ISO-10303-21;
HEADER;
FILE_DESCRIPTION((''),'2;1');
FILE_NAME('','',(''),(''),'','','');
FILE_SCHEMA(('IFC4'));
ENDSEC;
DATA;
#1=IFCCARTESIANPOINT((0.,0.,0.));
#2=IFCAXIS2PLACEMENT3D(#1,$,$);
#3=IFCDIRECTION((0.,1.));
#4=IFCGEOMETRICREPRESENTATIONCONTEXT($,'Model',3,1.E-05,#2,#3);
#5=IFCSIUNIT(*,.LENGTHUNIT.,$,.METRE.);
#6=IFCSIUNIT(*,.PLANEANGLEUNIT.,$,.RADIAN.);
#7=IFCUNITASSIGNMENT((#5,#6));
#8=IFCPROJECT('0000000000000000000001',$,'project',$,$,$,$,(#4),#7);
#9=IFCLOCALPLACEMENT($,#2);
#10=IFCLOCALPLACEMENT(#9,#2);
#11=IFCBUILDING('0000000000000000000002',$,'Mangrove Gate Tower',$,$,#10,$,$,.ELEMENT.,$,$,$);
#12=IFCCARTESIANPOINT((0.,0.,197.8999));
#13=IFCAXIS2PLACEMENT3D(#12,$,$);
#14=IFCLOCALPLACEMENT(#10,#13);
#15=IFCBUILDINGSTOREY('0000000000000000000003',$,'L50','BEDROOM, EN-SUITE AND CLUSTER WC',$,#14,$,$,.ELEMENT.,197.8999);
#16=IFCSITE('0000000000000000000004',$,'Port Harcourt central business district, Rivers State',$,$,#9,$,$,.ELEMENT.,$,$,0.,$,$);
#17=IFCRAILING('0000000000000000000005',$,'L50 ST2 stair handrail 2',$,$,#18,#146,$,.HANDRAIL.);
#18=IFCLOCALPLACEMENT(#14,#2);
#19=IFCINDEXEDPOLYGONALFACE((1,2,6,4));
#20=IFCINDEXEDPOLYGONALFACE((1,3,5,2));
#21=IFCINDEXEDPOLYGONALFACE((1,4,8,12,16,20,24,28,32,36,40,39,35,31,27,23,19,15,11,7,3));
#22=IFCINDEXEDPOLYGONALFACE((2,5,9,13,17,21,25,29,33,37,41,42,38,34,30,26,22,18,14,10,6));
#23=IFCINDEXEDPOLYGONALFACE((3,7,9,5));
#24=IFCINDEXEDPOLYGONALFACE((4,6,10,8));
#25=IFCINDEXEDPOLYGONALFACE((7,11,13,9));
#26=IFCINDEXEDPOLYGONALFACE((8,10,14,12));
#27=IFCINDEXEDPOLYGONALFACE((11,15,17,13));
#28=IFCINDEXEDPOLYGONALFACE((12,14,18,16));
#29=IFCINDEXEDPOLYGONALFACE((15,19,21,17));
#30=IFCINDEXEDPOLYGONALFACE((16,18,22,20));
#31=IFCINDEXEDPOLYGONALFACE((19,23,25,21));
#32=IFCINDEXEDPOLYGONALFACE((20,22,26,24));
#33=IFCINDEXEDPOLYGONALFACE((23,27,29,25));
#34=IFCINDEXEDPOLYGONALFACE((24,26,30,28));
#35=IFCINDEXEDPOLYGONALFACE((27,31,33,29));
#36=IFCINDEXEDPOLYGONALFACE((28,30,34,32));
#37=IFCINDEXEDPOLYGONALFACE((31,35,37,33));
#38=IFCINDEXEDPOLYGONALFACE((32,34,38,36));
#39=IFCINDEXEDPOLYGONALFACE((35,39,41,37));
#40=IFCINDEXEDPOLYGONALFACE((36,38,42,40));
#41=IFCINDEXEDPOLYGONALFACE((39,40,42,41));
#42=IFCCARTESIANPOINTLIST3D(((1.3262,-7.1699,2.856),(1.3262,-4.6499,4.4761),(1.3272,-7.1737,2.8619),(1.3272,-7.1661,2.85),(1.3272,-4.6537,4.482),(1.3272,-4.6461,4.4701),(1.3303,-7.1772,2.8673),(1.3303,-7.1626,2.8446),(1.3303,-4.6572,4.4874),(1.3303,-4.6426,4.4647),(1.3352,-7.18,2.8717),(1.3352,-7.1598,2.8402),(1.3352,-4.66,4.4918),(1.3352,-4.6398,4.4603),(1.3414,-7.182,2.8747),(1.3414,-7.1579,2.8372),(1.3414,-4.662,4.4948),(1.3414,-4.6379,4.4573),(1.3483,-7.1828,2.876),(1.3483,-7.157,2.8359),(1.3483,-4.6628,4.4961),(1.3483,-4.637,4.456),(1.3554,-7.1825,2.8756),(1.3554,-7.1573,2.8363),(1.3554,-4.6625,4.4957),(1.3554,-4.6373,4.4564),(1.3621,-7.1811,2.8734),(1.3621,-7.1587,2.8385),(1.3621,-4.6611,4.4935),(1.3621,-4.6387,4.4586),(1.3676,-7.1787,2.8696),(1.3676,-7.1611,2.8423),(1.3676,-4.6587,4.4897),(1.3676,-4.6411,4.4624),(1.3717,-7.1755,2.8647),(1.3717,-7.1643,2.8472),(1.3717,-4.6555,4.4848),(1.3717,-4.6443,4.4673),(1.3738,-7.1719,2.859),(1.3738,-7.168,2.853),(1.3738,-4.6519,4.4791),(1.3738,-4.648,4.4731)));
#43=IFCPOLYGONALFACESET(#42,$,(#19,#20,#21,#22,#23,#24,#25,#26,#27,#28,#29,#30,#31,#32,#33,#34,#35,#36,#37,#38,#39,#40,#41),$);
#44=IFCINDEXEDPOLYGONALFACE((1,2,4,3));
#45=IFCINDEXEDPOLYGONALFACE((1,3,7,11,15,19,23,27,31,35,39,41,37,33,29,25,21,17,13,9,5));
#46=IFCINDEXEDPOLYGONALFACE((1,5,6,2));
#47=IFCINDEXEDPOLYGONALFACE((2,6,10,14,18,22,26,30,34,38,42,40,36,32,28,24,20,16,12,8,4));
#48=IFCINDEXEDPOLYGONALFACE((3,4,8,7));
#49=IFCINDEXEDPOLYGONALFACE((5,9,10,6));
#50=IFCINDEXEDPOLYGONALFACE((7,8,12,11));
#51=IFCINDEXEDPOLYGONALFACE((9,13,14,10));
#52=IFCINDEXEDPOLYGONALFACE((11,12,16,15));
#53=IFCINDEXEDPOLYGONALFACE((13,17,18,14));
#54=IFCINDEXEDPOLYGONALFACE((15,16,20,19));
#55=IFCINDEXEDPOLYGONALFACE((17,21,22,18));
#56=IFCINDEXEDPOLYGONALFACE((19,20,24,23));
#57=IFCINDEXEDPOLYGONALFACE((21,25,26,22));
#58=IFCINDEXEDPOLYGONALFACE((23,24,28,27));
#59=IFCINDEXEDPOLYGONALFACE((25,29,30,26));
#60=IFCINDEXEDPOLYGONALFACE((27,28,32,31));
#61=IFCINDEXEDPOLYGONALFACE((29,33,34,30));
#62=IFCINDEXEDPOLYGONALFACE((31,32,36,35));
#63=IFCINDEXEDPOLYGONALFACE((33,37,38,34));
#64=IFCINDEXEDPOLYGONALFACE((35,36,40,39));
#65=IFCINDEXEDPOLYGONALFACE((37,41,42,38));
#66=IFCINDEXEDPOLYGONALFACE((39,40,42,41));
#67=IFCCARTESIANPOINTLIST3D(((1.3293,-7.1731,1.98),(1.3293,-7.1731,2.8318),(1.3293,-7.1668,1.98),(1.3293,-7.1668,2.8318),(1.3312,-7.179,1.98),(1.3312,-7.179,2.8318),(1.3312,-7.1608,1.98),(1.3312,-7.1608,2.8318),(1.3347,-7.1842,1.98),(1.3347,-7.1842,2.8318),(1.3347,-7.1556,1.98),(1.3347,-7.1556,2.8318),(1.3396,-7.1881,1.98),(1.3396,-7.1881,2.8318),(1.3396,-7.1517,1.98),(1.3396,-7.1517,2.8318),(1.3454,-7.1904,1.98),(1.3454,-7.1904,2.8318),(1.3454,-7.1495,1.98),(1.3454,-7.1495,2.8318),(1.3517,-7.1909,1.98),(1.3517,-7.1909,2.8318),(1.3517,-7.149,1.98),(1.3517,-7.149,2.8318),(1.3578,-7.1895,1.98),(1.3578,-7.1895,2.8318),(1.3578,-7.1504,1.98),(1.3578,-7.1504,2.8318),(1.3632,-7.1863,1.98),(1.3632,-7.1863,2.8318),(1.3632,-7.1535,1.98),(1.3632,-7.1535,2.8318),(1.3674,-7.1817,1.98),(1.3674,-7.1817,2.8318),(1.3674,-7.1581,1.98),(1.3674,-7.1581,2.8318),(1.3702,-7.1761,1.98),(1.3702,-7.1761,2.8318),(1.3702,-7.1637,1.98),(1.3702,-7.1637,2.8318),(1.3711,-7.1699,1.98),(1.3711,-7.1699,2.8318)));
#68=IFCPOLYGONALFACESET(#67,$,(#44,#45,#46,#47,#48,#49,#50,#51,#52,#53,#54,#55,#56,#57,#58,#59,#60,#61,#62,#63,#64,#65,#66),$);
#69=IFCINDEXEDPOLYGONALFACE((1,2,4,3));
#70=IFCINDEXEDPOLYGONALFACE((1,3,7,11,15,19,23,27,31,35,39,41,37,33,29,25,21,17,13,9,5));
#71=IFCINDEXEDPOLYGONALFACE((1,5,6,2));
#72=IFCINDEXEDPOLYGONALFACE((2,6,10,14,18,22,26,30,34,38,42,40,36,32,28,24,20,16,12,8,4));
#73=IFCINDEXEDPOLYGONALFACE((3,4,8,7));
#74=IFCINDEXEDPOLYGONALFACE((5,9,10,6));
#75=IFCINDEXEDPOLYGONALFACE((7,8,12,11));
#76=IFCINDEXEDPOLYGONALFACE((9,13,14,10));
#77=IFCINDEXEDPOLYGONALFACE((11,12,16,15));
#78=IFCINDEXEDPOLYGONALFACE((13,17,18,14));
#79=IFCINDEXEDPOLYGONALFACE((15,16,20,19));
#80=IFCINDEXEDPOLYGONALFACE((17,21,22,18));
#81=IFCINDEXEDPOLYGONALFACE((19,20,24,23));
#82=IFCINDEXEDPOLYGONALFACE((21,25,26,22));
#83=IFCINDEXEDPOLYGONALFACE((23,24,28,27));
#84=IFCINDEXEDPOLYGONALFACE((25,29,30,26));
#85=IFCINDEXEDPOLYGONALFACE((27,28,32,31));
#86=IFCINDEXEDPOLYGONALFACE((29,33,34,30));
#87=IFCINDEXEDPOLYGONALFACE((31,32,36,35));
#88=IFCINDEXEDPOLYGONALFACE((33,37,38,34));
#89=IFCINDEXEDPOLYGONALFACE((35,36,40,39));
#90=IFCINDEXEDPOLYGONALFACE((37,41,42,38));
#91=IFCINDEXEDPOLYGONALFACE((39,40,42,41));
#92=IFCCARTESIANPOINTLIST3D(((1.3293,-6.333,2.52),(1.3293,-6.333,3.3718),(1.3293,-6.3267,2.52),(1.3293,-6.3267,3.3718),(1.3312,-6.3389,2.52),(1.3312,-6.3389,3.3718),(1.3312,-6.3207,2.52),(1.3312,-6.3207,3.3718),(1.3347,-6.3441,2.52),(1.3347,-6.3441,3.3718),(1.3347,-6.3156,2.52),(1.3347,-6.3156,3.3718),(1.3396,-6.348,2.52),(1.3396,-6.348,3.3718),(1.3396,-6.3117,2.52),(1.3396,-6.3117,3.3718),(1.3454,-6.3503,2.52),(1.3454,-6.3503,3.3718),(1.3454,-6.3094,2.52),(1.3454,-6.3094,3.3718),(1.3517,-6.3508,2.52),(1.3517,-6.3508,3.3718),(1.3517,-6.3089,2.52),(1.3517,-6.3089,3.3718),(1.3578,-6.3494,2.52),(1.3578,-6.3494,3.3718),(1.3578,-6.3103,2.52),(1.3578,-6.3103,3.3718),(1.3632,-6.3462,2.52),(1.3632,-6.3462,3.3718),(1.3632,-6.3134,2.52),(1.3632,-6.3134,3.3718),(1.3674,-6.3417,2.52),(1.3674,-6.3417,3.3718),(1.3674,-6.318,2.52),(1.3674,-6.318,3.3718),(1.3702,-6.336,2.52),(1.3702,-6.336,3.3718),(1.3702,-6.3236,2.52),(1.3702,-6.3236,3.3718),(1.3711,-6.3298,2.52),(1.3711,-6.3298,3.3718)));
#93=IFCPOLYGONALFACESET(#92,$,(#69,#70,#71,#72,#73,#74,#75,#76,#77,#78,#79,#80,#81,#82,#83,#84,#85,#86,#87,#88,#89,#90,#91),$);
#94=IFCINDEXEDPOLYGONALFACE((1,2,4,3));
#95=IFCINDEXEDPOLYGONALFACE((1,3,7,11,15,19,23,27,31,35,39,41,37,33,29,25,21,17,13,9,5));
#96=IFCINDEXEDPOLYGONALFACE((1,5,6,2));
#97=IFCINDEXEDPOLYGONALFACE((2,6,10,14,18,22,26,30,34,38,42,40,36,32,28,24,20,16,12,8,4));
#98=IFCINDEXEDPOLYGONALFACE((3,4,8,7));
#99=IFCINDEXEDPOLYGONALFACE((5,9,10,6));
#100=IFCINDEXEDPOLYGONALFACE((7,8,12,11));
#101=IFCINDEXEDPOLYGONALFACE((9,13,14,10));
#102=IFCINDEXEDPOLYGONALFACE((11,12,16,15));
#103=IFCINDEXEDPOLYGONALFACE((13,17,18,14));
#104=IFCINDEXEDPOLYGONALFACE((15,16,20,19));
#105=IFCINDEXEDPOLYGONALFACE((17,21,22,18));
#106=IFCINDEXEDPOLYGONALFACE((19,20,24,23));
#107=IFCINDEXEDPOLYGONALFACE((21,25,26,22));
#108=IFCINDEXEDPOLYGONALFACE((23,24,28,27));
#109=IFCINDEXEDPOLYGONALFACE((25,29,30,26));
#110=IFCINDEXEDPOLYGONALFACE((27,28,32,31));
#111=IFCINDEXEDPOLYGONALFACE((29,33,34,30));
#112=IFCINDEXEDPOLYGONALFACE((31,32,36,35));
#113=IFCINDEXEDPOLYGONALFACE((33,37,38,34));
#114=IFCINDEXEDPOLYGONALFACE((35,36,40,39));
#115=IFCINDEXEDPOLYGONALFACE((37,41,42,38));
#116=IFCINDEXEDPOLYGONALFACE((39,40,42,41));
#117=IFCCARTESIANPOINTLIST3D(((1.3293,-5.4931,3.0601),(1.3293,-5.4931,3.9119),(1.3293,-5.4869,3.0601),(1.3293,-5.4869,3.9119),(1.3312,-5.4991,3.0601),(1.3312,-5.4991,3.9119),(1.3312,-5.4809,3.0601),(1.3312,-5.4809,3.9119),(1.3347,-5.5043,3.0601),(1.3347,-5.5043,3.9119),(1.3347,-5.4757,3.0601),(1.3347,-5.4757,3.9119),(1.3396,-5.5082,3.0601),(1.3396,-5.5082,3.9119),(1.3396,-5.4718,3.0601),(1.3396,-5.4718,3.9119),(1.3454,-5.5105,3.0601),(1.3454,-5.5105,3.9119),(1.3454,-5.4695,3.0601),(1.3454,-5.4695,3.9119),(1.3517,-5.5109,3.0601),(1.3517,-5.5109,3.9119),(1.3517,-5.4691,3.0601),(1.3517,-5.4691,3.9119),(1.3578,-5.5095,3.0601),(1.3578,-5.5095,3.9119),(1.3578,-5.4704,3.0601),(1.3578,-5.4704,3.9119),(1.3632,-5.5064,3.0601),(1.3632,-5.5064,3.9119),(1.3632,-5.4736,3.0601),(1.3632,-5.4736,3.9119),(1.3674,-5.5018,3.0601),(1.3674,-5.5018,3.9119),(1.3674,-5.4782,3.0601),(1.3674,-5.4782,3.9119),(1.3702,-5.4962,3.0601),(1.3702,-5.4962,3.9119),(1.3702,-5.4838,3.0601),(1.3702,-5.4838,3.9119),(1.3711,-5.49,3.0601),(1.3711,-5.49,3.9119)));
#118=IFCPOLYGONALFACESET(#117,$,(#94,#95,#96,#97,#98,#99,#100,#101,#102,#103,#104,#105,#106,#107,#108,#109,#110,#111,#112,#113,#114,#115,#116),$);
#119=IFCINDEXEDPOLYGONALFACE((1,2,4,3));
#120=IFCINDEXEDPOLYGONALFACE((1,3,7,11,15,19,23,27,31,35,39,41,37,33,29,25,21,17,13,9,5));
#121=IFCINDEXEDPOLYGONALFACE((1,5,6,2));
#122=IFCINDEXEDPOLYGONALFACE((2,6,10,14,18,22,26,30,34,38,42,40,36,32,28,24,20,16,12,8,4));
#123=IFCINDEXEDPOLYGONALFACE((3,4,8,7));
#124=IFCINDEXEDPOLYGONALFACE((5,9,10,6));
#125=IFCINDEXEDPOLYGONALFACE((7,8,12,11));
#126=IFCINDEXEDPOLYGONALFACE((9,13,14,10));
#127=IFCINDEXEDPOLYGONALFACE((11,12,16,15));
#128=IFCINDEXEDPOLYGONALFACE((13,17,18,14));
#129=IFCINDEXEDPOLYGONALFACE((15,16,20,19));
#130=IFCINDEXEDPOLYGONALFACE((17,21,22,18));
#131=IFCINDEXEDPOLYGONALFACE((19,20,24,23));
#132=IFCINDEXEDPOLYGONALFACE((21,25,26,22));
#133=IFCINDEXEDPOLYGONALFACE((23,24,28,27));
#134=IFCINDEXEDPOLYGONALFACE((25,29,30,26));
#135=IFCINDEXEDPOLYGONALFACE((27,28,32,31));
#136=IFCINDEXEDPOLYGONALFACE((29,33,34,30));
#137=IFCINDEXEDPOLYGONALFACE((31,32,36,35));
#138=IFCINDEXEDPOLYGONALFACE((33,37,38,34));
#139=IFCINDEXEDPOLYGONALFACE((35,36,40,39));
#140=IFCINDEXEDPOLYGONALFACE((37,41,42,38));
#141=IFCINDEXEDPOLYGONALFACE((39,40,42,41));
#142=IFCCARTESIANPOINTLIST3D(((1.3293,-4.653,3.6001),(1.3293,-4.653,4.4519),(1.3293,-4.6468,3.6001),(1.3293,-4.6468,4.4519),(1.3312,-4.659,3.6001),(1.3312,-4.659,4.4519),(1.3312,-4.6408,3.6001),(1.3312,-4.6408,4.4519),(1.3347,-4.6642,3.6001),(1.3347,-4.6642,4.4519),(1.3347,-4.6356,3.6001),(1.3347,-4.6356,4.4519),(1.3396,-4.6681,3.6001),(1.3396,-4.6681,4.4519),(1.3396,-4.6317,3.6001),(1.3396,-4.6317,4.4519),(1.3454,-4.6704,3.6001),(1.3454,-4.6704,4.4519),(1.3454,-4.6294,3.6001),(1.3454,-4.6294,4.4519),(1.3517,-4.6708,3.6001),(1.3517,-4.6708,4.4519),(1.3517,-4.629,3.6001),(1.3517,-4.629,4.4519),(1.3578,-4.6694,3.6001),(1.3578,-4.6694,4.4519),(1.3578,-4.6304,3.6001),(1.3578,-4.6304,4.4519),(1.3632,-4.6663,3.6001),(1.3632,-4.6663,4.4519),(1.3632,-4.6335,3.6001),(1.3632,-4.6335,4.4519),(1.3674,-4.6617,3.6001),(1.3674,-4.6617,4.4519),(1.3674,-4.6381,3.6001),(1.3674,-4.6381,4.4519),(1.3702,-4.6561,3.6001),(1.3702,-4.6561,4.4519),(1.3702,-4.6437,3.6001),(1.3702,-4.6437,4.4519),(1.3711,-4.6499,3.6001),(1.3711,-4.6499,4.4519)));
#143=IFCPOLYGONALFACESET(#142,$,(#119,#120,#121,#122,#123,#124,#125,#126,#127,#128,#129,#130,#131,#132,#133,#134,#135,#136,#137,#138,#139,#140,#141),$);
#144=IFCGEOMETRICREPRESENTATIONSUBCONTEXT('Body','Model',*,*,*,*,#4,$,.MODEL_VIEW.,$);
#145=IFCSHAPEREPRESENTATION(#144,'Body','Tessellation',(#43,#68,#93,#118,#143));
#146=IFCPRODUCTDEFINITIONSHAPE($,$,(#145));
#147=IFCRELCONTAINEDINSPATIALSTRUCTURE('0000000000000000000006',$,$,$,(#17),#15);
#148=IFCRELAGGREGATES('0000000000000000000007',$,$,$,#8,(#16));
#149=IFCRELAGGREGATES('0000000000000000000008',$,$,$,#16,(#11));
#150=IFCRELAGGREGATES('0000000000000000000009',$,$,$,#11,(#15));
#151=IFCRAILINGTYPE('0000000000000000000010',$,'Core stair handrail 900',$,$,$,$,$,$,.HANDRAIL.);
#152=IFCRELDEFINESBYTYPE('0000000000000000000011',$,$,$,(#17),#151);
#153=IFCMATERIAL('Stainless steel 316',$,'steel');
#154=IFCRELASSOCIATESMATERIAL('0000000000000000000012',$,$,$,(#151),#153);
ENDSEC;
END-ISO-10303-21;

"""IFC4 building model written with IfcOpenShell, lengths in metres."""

from ifc_helpers import new_model, si_unit, direction, frame, origin, origin_2d, place, context, subcontext, project, spatial, circle, extrude, material, type_object, element, save


model = new_model("IFC4")

# Units and contexts
model_context = context("Model", 3, precision=1e-05, world=origin(), true_north=direction((0.0, 1.0)))
body_context = subcontext(model_context, "Body", "Model", "MODEL_VIEW")
ifc_project = project(units=[si_unit("LENGTHUNIT", "METRE"), si_unit("PLANEANGLEUNIT", "RADIAN")], contexts=[model_context])

# Site, building, storey
site_placement = place(None, origin())
site = spatial("IfcSite", under=ifc_project, at=site_placement, Name="Port Harcourt central business district, Rivers State", CompositionType="ELEMENT", RefElevation=0.0)
building_placement = place(site_placement, origin())
building = spatial("IfcBuilding", under=site, at=building_placement, Name="Mangrove Gate Tower", CompositionType="ELEMENT")
storey_placement = place(building_placement, frame((0.0, 0.0, 197.8999)))
storey = spatial("IfcBuildingStorey", under=building, at=storey_placement, Name="L50", Description="BEDROOM, EN-SUITE AND CLUSTER WC", CompositionType="ELEMENT", Elevation=197.8999)

# Railing
ifc_material_1 = material(Name="Stainless steel 316", Category="steel")
railing_type_1 = type_object("IfcRailingType", Name="Core stair handrail 900", PredefinedType="HANDRAIL", material=ifc_material_1)
railing_1_placement = place(storey_placement, frame((1.3501, -7.1699, 1.98)))
element("IfcRailing", 1, at=railing_1_placement, inside=storey, type_object=railing_type_1, Name="L50 ST2 stair handrail 2", PredefinedType="HANDRAIL", context=body_context, shape_type="SweptSolid", body=[
    extrude(circle(Radius=0.0239, at=origin_2d()), frame((0.0, 0.0, 0.876), z_axis=(0.0, 0.841163, 0.540782), x_axis=(-1.0, 0.0, 0.0)), (0.0, 0.0, 1.0), 2.9958),
    extrude(circle(Radius=0.021, at=origin_2d()), origin(), (0.0, 0.0, 1.0), 0.8518),
    extrude(circle(Radius=0.021, at=origin_2d()), frame((0.0, 0.8401, 0.54)), (0.0, 0.0, 1.0), 0.8518),
    extrude(circle(Radius=0.021, at=origin_2d()), frame((0.0, 1.6799, 1.0801)), (0.0, 0.0, 1.0), 0.8518),
    extrude(circle(Radius=0.021, at=origin_2d()), frame((0.0, 2.52, 1.6201)), (0.0, 0.0, 1.0), 0.8518),
])

save(model, "model.ifc")
